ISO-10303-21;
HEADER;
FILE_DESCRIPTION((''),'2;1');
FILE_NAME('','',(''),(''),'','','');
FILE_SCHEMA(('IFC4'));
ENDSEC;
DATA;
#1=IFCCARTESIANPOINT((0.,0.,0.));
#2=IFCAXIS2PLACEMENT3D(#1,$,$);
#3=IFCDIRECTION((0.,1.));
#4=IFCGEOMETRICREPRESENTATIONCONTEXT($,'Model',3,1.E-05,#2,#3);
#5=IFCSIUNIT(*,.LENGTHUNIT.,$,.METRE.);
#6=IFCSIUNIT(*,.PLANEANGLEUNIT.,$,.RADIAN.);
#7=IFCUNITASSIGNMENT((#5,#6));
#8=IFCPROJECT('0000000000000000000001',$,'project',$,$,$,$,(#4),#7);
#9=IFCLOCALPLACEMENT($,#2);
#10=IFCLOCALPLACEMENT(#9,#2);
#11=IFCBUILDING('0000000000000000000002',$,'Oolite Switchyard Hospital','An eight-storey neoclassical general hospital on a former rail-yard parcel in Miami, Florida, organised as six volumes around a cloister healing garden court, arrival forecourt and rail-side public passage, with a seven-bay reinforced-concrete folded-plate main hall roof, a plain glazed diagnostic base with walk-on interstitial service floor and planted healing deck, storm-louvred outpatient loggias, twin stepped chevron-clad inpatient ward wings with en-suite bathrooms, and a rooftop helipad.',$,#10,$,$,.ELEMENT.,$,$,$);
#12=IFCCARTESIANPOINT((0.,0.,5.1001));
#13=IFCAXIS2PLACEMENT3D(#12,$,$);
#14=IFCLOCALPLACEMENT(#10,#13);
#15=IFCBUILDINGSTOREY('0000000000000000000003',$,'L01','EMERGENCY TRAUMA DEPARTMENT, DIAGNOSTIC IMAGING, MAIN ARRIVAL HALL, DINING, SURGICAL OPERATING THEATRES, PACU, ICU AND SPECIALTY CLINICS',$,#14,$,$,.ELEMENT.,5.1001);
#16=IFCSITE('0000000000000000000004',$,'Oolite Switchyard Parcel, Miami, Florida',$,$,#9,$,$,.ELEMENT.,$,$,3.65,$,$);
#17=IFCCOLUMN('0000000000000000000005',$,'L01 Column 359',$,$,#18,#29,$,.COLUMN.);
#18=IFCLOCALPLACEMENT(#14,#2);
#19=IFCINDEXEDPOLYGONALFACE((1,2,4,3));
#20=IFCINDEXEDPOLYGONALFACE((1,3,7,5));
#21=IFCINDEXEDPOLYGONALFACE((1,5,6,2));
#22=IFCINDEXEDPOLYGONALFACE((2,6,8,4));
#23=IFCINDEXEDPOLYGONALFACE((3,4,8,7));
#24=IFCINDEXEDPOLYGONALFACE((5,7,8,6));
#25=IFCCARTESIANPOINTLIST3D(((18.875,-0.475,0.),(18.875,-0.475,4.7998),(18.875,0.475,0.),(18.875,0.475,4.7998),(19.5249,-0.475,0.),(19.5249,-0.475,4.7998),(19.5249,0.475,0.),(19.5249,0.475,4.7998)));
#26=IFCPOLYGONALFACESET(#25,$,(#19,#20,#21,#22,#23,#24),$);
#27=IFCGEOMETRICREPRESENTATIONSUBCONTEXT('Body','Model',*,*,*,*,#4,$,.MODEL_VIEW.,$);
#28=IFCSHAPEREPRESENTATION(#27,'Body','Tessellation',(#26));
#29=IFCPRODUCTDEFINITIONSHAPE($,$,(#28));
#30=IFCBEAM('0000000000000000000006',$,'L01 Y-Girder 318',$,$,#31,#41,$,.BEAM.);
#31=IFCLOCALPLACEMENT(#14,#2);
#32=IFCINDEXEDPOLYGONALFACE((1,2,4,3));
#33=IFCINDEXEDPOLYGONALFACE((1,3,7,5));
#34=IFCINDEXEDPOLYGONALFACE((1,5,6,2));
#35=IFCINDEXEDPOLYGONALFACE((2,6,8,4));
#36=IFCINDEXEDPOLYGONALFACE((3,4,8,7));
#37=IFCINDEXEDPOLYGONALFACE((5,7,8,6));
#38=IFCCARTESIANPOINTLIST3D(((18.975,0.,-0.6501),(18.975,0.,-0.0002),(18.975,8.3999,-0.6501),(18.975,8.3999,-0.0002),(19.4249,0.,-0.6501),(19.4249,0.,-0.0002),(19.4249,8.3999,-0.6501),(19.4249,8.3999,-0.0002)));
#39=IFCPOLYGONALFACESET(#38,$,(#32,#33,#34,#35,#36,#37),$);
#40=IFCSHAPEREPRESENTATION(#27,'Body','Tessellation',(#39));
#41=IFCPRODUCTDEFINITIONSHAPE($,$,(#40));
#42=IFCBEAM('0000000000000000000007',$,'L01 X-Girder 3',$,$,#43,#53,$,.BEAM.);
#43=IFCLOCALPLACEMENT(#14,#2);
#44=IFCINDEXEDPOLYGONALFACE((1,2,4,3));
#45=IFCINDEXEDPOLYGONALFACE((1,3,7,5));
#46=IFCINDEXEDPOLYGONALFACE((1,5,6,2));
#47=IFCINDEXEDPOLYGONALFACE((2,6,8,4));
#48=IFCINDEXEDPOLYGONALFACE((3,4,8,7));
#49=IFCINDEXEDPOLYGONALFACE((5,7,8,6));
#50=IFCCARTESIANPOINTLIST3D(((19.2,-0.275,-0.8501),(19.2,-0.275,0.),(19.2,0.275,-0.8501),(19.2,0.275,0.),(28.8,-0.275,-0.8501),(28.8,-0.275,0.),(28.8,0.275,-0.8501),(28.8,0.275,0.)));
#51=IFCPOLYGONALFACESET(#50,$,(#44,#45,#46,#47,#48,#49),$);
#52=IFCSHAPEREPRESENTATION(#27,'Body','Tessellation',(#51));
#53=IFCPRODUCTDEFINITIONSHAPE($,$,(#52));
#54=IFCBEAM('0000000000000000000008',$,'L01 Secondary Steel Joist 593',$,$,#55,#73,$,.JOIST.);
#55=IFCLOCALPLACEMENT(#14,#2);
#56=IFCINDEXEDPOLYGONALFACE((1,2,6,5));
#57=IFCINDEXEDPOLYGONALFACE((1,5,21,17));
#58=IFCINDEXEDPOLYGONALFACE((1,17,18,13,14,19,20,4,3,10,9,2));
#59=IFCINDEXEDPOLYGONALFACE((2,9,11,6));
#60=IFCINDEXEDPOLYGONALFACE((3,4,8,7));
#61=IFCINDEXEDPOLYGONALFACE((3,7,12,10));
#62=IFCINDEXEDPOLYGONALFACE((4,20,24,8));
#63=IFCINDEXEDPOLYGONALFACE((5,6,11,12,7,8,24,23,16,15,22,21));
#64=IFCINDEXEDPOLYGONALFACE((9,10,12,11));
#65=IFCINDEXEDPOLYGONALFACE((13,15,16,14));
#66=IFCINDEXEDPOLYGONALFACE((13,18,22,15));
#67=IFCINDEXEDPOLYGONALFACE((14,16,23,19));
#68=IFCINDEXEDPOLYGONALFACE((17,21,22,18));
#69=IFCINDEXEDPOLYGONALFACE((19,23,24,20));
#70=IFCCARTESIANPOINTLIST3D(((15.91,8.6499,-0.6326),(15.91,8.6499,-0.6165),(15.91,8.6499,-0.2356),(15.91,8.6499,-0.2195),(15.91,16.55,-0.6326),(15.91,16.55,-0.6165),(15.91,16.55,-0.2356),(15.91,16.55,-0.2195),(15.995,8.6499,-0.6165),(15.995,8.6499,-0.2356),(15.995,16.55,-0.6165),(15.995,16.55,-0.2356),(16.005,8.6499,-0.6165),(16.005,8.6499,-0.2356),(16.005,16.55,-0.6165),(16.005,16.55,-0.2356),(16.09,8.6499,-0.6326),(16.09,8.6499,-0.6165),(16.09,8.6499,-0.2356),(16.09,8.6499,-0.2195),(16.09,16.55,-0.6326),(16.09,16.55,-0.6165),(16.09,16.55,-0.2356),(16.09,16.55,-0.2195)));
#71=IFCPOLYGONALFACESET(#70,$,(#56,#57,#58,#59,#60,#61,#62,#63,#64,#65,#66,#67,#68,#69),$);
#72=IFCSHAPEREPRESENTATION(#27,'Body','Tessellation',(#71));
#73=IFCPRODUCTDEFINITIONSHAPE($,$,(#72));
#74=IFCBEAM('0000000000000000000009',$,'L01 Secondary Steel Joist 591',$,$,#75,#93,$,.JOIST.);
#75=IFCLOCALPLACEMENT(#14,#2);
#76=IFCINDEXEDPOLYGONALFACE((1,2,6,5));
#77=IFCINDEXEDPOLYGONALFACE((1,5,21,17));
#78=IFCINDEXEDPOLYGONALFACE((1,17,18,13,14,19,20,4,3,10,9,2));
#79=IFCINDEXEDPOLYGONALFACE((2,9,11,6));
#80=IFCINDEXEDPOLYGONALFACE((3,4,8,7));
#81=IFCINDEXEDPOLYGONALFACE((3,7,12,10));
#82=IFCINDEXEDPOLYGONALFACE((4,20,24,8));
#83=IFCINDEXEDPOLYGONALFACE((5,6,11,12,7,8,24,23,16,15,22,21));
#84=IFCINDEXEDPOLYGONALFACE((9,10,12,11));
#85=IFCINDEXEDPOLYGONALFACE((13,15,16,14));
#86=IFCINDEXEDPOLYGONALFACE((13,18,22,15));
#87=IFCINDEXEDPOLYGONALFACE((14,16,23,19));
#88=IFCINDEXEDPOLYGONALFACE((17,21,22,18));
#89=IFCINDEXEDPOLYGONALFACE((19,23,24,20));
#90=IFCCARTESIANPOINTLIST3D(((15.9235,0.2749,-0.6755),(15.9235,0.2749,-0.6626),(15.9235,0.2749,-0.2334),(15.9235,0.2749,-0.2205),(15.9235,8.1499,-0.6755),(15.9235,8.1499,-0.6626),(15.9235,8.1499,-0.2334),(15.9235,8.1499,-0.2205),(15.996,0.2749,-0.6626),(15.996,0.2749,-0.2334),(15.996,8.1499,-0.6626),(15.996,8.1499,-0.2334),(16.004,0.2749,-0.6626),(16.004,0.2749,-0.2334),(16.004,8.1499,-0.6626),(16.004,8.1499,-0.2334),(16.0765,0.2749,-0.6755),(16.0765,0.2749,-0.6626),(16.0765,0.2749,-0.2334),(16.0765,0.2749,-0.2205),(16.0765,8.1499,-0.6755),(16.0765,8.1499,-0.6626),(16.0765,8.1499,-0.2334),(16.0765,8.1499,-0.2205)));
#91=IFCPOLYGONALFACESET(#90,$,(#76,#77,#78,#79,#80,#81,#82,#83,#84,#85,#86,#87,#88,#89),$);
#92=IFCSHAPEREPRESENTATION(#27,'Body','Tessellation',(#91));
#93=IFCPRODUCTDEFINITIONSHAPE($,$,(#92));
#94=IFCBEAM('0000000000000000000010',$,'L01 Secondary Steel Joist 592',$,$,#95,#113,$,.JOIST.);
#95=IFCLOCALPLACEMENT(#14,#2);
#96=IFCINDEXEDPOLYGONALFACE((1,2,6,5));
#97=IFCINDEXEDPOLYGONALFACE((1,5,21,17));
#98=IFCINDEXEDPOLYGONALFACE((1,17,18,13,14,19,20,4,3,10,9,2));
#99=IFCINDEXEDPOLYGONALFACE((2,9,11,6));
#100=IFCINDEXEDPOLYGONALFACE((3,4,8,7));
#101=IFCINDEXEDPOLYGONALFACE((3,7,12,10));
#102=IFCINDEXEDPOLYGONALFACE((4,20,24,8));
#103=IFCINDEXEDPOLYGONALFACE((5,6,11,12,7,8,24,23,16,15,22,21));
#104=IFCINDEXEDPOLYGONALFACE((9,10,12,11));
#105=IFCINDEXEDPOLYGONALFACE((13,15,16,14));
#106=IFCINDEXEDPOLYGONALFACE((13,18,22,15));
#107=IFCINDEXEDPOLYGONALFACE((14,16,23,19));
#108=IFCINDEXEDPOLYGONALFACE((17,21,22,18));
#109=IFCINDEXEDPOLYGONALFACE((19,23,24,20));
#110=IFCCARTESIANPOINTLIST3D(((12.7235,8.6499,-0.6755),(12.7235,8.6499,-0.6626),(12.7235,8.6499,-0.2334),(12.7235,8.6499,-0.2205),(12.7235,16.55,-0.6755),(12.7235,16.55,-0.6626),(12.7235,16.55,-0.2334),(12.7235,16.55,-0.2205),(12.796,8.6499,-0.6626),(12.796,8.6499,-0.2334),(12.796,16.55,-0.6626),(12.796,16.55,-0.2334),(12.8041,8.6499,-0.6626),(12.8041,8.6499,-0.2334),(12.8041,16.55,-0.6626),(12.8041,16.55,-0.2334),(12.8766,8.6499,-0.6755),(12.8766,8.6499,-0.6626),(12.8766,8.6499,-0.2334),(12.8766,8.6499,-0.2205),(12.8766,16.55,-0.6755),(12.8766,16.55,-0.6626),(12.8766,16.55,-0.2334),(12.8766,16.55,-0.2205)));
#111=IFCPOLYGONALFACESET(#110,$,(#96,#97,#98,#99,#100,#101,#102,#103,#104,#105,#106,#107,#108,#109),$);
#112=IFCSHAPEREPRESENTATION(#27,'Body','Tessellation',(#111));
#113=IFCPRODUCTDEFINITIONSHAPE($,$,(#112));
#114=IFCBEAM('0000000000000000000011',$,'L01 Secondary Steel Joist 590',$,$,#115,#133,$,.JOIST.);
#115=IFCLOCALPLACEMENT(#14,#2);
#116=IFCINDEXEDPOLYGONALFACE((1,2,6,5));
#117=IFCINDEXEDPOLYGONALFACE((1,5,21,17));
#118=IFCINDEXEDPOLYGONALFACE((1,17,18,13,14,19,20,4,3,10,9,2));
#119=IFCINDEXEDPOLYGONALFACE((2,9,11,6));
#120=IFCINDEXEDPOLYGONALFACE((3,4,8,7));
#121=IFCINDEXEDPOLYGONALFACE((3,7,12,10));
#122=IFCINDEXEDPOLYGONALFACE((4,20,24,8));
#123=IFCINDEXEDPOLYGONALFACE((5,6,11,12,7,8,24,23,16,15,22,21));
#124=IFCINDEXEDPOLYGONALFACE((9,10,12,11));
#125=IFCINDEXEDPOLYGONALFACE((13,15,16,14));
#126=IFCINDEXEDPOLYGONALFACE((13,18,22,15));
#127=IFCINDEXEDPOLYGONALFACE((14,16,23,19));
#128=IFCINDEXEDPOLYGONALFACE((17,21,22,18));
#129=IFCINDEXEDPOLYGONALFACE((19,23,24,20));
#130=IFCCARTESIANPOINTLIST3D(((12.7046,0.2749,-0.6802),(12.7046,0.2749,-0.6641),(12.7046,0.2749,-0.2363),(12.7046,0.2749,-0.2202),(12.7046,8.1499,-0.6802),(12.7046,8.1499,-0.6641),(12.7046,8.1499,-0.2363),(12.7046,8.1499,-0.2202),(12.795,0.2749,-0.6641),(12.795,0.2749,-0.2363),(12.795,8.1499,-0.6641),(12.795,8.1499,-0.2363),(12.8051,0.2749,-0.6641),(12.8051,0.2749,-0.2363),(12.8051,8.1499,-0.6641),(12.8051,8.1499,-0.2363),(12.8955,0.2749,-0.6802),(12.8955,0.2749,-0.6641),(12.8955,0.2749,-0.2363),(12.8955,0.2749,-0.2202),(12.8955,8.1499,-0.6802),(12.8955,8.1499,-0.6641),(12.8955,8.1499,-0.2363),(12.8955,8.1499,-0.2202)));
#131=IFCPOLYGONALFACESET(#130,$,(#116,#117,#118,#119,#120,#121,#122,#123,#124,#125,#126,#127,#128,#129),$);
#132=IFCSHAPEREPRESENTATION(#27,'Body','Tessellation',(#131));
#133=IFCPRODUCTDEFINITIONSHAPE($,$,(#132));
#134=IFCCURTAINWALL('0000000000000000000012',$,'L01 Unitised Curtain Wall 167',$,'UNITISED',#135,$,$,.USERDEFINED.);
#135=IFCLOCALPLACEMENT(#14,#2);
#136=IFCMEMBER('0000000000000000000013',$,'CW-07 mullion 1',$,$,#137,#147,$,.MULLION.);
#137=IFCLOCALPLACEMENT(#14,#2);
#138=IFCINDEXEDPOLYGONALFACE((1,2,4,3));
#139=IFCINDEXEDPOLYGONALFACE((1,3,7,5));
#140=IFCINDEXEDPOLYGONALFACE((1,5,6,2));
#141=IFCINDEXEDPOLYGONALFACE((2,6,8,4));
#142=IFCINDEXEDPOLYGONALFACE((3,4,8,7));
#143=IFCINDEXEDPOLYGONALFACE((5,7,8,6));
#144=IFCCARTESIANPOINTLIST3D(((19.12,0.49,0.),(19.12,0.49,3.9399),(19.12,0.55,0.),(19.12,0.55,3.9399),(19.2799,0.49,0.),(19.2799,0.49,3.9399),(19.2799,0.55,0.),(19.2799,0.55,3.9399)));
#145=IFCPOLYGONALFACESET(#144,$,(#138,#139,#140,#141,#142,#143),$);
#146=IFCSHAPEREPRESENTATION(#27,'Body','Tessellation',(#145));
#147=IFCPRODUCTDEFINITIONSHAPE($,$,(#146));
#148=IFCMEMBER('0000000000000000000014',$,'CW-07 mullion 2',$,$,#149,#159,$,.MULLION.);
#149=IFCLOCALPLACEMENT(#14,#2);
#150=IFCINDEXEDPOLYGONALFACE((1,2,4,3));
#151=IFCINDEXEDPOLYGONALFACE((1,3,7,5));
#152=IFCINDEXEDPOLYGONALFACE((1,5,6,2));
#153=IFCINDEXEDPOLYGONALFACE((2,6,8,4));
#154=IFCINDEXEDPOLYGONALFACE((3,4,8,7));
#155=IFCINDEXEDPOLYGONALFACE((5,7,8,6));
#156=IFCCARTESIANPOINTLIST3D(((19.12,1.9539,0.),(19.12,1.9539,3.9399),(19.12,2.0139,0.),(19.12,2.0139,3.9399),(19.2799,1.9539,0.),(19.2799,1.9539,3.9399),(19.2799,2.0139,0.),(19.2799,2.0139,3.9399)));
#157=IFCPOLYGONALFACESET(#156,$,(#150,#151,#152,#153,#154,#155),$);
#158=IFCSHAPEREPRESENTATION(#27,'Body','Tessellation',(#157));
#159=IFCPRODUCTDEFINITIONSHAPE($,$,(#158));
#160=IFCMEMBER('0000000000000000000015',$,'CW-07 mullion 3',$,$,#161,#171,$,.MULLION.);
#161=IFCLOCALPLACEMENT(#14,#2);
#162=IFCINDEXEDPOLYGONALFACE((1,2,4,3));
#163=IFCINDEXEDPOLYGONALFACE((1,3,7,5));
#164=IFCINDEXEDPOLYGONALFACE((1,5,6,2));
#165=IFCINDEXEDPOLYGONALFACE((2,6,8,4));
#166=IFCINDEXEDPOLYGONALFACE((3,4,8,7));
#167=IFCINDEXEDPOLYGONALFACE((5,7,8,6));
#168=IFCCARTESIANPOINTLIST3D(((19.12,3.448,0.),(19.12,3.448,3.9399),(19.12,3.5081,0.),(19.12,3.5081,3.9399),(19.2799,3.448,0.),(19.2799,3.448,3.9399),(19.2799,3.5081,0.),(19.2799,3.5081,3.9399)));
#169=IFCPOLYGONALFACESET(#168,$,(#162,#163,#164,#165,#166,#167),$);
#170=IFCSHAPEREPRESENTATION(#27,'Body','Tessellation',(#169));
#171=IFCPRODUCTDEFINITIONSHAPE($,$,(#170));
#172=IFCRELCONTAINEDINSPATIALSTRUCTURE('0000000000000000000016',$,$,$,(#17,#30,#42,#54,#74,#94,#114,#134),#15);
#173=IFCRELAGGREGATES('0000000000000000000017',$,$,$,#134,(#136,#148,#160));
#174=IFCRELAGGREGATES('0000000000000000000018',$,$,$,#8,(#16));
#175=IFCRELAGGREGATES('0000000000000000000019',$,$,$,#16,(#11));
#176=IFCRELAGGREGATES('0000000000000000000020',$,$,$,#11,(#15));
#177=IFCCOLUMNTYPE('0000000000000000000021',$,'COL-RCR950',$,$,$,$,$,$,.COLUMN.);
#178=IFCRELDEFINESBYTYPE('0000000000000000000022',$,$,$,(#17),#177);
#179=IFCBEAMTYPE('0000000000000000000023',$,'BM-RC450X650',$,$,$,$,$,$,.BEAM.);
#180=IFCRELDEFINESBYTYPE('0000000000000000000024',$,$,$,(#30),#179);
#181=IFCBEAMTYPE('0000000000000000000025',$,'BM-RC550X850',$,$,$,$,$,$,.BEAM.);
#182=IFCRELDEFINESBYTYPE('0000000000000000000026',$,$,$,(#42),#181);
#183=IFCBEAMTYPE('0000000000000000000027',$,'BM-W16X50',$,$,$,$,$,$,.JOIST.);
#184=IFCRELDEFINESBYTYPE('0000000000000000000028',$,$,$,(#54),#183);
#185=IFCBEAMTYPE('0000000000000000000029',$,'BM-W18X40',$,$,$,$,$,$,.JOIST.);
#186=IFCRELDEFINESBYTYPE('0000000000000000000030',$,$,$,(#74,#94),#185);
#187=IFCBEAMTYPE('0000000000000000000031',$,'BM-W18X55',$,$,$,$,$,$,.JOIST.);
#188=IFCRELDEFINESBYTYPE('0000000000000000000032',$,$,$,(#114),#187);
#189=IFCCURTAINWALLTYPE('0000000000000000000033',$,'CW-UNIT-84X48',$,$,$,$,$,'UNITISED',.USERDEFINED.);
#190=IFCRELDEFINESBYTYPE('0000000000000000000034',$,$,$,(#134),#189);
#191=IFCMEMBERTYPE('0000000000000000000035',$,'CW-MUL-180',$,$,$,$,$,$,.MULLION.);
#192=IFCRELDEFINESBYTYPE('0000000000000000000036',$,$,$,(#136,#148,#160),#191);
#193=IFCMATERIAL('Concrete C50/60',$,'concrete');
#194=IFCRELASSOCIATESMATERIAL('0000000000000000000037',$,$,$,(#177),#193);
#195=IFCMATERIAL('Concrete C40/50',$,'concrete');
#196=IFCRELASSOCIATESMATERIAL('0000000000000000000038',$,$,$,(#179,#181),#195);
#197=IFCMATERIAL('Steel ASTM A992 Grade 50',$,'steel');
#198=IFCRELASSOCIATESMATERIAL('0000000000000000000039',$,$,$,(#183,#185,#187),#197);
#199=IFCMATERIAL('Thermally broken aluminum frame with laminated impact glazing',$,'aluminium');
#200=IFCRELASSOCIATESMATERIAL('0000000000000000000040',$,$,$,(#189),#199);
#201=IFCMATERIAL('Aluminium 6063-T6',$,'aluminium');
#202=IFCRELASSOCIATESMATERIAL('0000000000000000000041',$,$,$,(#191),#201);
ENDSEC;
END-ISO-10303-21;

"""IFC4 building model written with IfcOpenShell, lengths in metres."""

from ifc_helpers import new_model, si_unit, direction, frame, origin, origin_2d, place, context, subcontext, project, spatial, rectangle, i_section, extrude, material, material_profile, profile_set, type_object, element, aggregate, save


model = new_model("IFC4")

# Units and contexts
model_context = context("Model", 3, precision=1e-05, world=origin(), true_north=direction((0.0, 1.0)))
body_context = subcontext(model_context, "Body", "Model", "MODEL_VIEW")
ifc_project = project(units=[si_unit("LENGTHUNIT", "METRE"), si_unit("PLANEANGLEUNIT", "RADIAN")], contexts=[model_context])

# Site, building, storey
site_placement = place(None, origin())
site = spatial("IfcSite", under=ifc_project, at=site_placement, Name="Oolite Switchyard Parcel, Miami, Florida", CompositionType="ELEMENT", RefElevation=3.65)
building_placement = place(site_placement, origin())
building = spatial("IfcBuilding", under=site, at=building_placement, Name="Oolite Switchyard Hospital", Description="An eight-storey neoclassical general hospital on a former rail-yard parcel in Miami, Florida, organised as six volumes around a cloister healing garden court, arrival forecourt and rail-side public passage, with a seven-bay reinforced-concrete folded-plate main hall roof, a plain glazed diagnostic base with walk-on interstitial service floor and planted healing deck, storm-louvred outpatient loggias, twin stepped chevron-clad inpatient ward wings with en-suite bathrooms, and a rooftop helipad.", CompositionType="ELEMENT")
storey_placement = place(building_placement, frame((0.0, 0.0, 5.1001)))
storey = spatial("IfcBuildingStorey", under=building, at=storey_placement, Name="L01", Description="EMERGENCY TRAUMA DEPARTMENT, DIAGNOSTIC IMAGING, MAIN ARRIVAL HALL, DINING, SURGICAL OPERATING THEATRES, PACU, ICU AND SPECIALTY CLINICS", CompositionType="ELEMENT", Elevation=5.1001)

# Column
ifc_material_1 = material(Name="Concrete C50/60", Category="concrete")
ifc_material_profile_1 = material_profile(ifc_material_1, rectangle(XDim=0.95, YDim=0.6499, at=origin_2d()), Name="RC950X650")
ifc_profile_set_1 = profile_set([ifc_material_profile_1], Name="Concrete C50/60")
column_type = type_object("IfcColumnType", Name="COL-RCR950", PredefinedType="COLUMN", material=ifc_profile_set_1)
column_placement = place(storey_placement, frame((19.2, 0.0, 0.0), z_axis=(0.0, 0.0, 1.0), x_axis=(0.0, 1.0, 0.0)))
element("IfcColumn", 1, at=column_placement, inside=storey, type_object=column_type, Name="L01 Column 359", PredefinedType="COLUMN", context=body_context, shape_type="SweptSolid", body=[
    extrude(rectangle(XDim=0.95, YDim=0.6499, at=origin_2d()), origin(), (0.0, 0.0, 1.0), 4.7998),
])

# Beams
ifc_material_2 = material(Name="Concrete C40/50", Category="concrete")
ifc_material_profile_2 = material_profile(ifc_material_2, rectangle(XDim=0.45, YDim=0.6499, at=origin_2d()), Name="RCB450X650")
ifc_profile_set_2 = profile_set([ifc_material_profile_2], Name="Concrete C40/50")
beam_type_1 = type_object("IfcBeamType", Name="BM-RC450X650", PredefinedType="BEAM", material=ifc_profile_set_2)
beam_1_placement = place(storey_placement, frame((19.2, 0.0, -0.3252), z_axis=(0.0, 1.0, 0.0), x_axis=(-1.0, 0.0, 0.0)))
element("IfcBeam", 2, at=beam_1_placement, inside=storey, type_object=beam_type_1, Name="L01 Y-Girder 318", PredefinedType="BEAM", context=body_context, shape_type="SweptSolid", body=[
    extrude(rectangle(XDim=0.45, YDim=0.6499, at=origin_2d()), origin(), (0.0, 0.0, 1.0), 8.3999),
])
ifc_material_profile_3 = material_profile(ifc_material_2, rectangle(XDim=0.55, YDim=0.8501, at=origin_2d()), Name="RCB550X850")
ifc_profile_set_3 = profile_set([ifc_material_profile_3], Name="Concrete C40/50")
beam_type_2 = type_object("IfcBeamType", Name="BM-RC550X850", PredefinedType="BEAM", material=ifc_profile_set_3)
beam_2_placement = place(storey_placement, frame((19.2, 0.0, -0.425), z_axis=(1.0, 0.0, 0.0), x_axis=(0.0, 1.0, 0.0)))
element("IfcBeam", 3, at=beam_2_placement, inside=storey, type_object=beam_type_2, Name="L01 X-Girder 3", PredefinedType="BEAM", context=body_context, shape_type="SweptSolid", body=[
    extrude(rectangle(XDim=0.55, YDim=0.8501, at=origin_2d()), origin(), (0.0, 0.0, 1.0), 9.6001),
])
ifc_material_3 = material(Name="Steel ASTM A992 Grade 50", Category="steel")
ifc_material_profile_4 = material_profile(ifc_material_3, i_section(OverallWidth=0.1799, OverallDepth=0.4131, WebThickness=0.01, FlangeThickness=0.0161, at=origin_2d()), Name="W16X50")
ifc_profile_set_4 = profile_set([ifc_material_profile_4], Name="Steel ASTM A992 Grade 50")
beam_type_3 = type_object("IfcBeamType", Name="BM-W16X50", PredefinedType="JOIST", material=ifc_profile_set_4)
beam_3_placement = place(storey_placement, frame((16.0, 8.6499, -0.426), z_axis=(0.0, 1.0, 0.0), x_axis=(-1.0, 0.0, 0.0)))
element("IfcBeam", 4, at=beam_3_placement, inside=storey, type_object=beam_type_3, Name="L01 Secondary Steel Joist 593", PredefinedType="JOIST", context=body_context, shape_type="SweptSolid", body=[
    extrude(i_section(OverallWidth=0.1799, OverallDepth=0.4131, WebThickness=0.01, FlangeThickness=0.0161, at=origin_2d()), origin(), (0.0, 0.0, 1.0), 7.9001),
])
ifc_material_profile_5 = material_profile(ifc_material_3, i_section(OverallWidth=0.1531, OverallDepth=0.4551, WebThickness=0.0081, FlangeThickness=0.0129, at=origin_2d()), Name="W18X40")
ifc_profile_set_5 = profile_set([ifc_material_profile_5], Name="Steel ASTM A992 Grade 50")
beam_type_4 = type_object("IfcBeamType", Name="BM-W18X40", PredefinedType="JOIST", material=ifc_profile_set_5)
beam_4_placement = place(storey_placement, frame((16.0, 0.2749, -0.448), z_axis=(0.0, 1.0, 0.0), x_axis=(-1.0, 0.0, 0.0)))
element("IfcBeam", 5, at=beam_4_placement, inside=storey, type_object=beam_type_4, Name="L01 Secondary Steel Joist 591", PredefinedType="JOIST", context=body_context, shape_type="SweptSolid", body=[
    extrude(i_section(OverallWidth=0.1531, OverallDepth=0.4551, WebThickness=0.0081, FlangeThickness=0.0129, at=origin_2d()), origin(), (0.0, 0.0, 1.0), 7.875),
])
beam_5_placement = place(storey_placement, frame((12.8, 8.6499, -0.448), z_axis=(0.0, 1.0, 0.0), x_axis=(-1.0, 0.0, 0.0)))
element("IfcBeam", 6, at=beam_5_placement, inside=storey, type_object=beam_type_4, Name="L01 Secondary Steel Joist 592", PredefinedType="JOIST", context=body_context, shape_type="SweptSolid", body=[
    extrude(i_section(OverallWidth=0.1531, OverallDepth=0.4551, WebThickness=0.0081, FlangeThickness=0.0129, at=origin_2d()), origin(), (0.0, 0.0, 1.0), 7.9001),
])
ifc_material_profile_6 = material_profile(ifc_material_3, i_section(OverallWidth=0.1909, OverallDepth=0.46, WebThickness=0.01, FlangeThickness=0.0161, at=origin_2d()), Name="W18X55")
ifc_profile_set_6 = profile_set([ifc_material_profile_6], Name="Steel ASTM A992 Grade 50")
beam_type_5 = type_object("IfcBeamType", Name="BM-W18X55", PredefinedType="JOIST", material=ifc_profile_set_6)
beam_6_placement = place(storey_placement, frame((12.8, 0.2749, -0.4502), z_axis=(0.0, 1.0, 0.0), x_axis=(-1.0, 0.0, 0.0)))
element("IfcBeam", 7, at=beam_6_placement, inside=storey, type_object=beam_type_5, Name="L01 Secondary Steel Joist 590", PredefinedType="JOIST", context=body_context, shape_type="SweptSolid", body=[
    extrude(i_section(OverallWidth=0.1909, OverallDepth=0.46, WebThickness=0.01, FlangeThickness=0.0161, at=origin_2d()), origin(), (0.0, 0.0, 1.0), 7.875),
])

# Curtain wall, members
ifc_material_4 = material(Name="Thermally broken aluminum frame with laminated impact glazing", Category="aluminium")
curtain_wall_type = type_object("IfcCurtainWallType", Name="CW-UNIT-84X48", ElementType="UNITISED", PredefinedType="USERDEFINED", material=ifc_material_4)
curtain_wall_placement = place(storey_placement, origin())
curtain_wall = element("IfcCurtainWall", 8, at=curtain_wall_placement, inside=storey, type_object=curtain_wall_type, Name="L01 Unitised Curtain Wall 167", ObjectType="UNITISED", PredefinedType="USERDEFINED")
ifc_material_5 = material(Name="Aluminium 6063-T6", Category="aluminium")
ifc_material_profile_7 = material_profile(ifc_material_5, rectangle(XDim=0.1599, YDim=0.0601, at=origin_2d()), Name="CWM60X160")
ifc_profile_set_7 = profile_set([ifc_material_profile_7], Name="Aluminium 6063-T6")
member_type_1 = type_object("IfcMemberType", Name="CW-MUL-180", PredefinedType="MULLION", material=ifc_profile_set_7)
member_1_placement = place(storey_placement, frame((19.2, 0.52, 0.0), z_axis=(0.0, 0.0, 1.0), x_axis=(-1.0, 0.0, 0.0)))
member_1 = element("IfcMember", 9, at=member_1_placement, type_object=member_type_1, Name="CW-07 mullion 1", PredefinedType="MULLION", context=body_context, shape_type="SweptSolid", body=[
    extrude(rectangle(XDim=0.1599, YDim=0.0601, at=origin_2d()), origin(), (0.0, 0.0, 1.0), 3.9399),
])
member_2_placement = place(storey_placement, frame((19.2, 1.9839, 0.0), z_axis=(0.0, 0.0, 1.0), x_axis=(-1.0, 0.0, 0.0)))
member_2 = element("IfcMember", 10, at=member_2_placement, type_object=member_type_1, Name="CW-07 mullion 2", PredefinedType="MULLION", context=body_context, shape_type="SweptSolid", body=[
    extrude(rectangle(XDim=0.1599, YDim=0.0601, at=origin_2d()), origin(), (0.0, 0.0, 1.0), 3.9399),
])
member_3_placement = place(storey_placement, frame((19.2, 3.478, 0.0), z_axis=(0.0, 0.0, 1.0), x_axis=(-1.0, 0.0, 0.0)))
member_3 = element("IfcMember", 11, at=member_3_placement, type_object=member_type_1, Name="CW-07 mullion 3", PredefinedType="MULLION", context=body_context, shape_type="SweptSolid", body=[
    extrude(rectangle(XDim=0.1599, YDim=0.0601, at=origin_2d()), origin(), (0.0, 0.0, 1.0), 3.9399),
])
aggregate(curtain_wall, [member_1, member_2, member_3])

save(model, "model.ifc")
